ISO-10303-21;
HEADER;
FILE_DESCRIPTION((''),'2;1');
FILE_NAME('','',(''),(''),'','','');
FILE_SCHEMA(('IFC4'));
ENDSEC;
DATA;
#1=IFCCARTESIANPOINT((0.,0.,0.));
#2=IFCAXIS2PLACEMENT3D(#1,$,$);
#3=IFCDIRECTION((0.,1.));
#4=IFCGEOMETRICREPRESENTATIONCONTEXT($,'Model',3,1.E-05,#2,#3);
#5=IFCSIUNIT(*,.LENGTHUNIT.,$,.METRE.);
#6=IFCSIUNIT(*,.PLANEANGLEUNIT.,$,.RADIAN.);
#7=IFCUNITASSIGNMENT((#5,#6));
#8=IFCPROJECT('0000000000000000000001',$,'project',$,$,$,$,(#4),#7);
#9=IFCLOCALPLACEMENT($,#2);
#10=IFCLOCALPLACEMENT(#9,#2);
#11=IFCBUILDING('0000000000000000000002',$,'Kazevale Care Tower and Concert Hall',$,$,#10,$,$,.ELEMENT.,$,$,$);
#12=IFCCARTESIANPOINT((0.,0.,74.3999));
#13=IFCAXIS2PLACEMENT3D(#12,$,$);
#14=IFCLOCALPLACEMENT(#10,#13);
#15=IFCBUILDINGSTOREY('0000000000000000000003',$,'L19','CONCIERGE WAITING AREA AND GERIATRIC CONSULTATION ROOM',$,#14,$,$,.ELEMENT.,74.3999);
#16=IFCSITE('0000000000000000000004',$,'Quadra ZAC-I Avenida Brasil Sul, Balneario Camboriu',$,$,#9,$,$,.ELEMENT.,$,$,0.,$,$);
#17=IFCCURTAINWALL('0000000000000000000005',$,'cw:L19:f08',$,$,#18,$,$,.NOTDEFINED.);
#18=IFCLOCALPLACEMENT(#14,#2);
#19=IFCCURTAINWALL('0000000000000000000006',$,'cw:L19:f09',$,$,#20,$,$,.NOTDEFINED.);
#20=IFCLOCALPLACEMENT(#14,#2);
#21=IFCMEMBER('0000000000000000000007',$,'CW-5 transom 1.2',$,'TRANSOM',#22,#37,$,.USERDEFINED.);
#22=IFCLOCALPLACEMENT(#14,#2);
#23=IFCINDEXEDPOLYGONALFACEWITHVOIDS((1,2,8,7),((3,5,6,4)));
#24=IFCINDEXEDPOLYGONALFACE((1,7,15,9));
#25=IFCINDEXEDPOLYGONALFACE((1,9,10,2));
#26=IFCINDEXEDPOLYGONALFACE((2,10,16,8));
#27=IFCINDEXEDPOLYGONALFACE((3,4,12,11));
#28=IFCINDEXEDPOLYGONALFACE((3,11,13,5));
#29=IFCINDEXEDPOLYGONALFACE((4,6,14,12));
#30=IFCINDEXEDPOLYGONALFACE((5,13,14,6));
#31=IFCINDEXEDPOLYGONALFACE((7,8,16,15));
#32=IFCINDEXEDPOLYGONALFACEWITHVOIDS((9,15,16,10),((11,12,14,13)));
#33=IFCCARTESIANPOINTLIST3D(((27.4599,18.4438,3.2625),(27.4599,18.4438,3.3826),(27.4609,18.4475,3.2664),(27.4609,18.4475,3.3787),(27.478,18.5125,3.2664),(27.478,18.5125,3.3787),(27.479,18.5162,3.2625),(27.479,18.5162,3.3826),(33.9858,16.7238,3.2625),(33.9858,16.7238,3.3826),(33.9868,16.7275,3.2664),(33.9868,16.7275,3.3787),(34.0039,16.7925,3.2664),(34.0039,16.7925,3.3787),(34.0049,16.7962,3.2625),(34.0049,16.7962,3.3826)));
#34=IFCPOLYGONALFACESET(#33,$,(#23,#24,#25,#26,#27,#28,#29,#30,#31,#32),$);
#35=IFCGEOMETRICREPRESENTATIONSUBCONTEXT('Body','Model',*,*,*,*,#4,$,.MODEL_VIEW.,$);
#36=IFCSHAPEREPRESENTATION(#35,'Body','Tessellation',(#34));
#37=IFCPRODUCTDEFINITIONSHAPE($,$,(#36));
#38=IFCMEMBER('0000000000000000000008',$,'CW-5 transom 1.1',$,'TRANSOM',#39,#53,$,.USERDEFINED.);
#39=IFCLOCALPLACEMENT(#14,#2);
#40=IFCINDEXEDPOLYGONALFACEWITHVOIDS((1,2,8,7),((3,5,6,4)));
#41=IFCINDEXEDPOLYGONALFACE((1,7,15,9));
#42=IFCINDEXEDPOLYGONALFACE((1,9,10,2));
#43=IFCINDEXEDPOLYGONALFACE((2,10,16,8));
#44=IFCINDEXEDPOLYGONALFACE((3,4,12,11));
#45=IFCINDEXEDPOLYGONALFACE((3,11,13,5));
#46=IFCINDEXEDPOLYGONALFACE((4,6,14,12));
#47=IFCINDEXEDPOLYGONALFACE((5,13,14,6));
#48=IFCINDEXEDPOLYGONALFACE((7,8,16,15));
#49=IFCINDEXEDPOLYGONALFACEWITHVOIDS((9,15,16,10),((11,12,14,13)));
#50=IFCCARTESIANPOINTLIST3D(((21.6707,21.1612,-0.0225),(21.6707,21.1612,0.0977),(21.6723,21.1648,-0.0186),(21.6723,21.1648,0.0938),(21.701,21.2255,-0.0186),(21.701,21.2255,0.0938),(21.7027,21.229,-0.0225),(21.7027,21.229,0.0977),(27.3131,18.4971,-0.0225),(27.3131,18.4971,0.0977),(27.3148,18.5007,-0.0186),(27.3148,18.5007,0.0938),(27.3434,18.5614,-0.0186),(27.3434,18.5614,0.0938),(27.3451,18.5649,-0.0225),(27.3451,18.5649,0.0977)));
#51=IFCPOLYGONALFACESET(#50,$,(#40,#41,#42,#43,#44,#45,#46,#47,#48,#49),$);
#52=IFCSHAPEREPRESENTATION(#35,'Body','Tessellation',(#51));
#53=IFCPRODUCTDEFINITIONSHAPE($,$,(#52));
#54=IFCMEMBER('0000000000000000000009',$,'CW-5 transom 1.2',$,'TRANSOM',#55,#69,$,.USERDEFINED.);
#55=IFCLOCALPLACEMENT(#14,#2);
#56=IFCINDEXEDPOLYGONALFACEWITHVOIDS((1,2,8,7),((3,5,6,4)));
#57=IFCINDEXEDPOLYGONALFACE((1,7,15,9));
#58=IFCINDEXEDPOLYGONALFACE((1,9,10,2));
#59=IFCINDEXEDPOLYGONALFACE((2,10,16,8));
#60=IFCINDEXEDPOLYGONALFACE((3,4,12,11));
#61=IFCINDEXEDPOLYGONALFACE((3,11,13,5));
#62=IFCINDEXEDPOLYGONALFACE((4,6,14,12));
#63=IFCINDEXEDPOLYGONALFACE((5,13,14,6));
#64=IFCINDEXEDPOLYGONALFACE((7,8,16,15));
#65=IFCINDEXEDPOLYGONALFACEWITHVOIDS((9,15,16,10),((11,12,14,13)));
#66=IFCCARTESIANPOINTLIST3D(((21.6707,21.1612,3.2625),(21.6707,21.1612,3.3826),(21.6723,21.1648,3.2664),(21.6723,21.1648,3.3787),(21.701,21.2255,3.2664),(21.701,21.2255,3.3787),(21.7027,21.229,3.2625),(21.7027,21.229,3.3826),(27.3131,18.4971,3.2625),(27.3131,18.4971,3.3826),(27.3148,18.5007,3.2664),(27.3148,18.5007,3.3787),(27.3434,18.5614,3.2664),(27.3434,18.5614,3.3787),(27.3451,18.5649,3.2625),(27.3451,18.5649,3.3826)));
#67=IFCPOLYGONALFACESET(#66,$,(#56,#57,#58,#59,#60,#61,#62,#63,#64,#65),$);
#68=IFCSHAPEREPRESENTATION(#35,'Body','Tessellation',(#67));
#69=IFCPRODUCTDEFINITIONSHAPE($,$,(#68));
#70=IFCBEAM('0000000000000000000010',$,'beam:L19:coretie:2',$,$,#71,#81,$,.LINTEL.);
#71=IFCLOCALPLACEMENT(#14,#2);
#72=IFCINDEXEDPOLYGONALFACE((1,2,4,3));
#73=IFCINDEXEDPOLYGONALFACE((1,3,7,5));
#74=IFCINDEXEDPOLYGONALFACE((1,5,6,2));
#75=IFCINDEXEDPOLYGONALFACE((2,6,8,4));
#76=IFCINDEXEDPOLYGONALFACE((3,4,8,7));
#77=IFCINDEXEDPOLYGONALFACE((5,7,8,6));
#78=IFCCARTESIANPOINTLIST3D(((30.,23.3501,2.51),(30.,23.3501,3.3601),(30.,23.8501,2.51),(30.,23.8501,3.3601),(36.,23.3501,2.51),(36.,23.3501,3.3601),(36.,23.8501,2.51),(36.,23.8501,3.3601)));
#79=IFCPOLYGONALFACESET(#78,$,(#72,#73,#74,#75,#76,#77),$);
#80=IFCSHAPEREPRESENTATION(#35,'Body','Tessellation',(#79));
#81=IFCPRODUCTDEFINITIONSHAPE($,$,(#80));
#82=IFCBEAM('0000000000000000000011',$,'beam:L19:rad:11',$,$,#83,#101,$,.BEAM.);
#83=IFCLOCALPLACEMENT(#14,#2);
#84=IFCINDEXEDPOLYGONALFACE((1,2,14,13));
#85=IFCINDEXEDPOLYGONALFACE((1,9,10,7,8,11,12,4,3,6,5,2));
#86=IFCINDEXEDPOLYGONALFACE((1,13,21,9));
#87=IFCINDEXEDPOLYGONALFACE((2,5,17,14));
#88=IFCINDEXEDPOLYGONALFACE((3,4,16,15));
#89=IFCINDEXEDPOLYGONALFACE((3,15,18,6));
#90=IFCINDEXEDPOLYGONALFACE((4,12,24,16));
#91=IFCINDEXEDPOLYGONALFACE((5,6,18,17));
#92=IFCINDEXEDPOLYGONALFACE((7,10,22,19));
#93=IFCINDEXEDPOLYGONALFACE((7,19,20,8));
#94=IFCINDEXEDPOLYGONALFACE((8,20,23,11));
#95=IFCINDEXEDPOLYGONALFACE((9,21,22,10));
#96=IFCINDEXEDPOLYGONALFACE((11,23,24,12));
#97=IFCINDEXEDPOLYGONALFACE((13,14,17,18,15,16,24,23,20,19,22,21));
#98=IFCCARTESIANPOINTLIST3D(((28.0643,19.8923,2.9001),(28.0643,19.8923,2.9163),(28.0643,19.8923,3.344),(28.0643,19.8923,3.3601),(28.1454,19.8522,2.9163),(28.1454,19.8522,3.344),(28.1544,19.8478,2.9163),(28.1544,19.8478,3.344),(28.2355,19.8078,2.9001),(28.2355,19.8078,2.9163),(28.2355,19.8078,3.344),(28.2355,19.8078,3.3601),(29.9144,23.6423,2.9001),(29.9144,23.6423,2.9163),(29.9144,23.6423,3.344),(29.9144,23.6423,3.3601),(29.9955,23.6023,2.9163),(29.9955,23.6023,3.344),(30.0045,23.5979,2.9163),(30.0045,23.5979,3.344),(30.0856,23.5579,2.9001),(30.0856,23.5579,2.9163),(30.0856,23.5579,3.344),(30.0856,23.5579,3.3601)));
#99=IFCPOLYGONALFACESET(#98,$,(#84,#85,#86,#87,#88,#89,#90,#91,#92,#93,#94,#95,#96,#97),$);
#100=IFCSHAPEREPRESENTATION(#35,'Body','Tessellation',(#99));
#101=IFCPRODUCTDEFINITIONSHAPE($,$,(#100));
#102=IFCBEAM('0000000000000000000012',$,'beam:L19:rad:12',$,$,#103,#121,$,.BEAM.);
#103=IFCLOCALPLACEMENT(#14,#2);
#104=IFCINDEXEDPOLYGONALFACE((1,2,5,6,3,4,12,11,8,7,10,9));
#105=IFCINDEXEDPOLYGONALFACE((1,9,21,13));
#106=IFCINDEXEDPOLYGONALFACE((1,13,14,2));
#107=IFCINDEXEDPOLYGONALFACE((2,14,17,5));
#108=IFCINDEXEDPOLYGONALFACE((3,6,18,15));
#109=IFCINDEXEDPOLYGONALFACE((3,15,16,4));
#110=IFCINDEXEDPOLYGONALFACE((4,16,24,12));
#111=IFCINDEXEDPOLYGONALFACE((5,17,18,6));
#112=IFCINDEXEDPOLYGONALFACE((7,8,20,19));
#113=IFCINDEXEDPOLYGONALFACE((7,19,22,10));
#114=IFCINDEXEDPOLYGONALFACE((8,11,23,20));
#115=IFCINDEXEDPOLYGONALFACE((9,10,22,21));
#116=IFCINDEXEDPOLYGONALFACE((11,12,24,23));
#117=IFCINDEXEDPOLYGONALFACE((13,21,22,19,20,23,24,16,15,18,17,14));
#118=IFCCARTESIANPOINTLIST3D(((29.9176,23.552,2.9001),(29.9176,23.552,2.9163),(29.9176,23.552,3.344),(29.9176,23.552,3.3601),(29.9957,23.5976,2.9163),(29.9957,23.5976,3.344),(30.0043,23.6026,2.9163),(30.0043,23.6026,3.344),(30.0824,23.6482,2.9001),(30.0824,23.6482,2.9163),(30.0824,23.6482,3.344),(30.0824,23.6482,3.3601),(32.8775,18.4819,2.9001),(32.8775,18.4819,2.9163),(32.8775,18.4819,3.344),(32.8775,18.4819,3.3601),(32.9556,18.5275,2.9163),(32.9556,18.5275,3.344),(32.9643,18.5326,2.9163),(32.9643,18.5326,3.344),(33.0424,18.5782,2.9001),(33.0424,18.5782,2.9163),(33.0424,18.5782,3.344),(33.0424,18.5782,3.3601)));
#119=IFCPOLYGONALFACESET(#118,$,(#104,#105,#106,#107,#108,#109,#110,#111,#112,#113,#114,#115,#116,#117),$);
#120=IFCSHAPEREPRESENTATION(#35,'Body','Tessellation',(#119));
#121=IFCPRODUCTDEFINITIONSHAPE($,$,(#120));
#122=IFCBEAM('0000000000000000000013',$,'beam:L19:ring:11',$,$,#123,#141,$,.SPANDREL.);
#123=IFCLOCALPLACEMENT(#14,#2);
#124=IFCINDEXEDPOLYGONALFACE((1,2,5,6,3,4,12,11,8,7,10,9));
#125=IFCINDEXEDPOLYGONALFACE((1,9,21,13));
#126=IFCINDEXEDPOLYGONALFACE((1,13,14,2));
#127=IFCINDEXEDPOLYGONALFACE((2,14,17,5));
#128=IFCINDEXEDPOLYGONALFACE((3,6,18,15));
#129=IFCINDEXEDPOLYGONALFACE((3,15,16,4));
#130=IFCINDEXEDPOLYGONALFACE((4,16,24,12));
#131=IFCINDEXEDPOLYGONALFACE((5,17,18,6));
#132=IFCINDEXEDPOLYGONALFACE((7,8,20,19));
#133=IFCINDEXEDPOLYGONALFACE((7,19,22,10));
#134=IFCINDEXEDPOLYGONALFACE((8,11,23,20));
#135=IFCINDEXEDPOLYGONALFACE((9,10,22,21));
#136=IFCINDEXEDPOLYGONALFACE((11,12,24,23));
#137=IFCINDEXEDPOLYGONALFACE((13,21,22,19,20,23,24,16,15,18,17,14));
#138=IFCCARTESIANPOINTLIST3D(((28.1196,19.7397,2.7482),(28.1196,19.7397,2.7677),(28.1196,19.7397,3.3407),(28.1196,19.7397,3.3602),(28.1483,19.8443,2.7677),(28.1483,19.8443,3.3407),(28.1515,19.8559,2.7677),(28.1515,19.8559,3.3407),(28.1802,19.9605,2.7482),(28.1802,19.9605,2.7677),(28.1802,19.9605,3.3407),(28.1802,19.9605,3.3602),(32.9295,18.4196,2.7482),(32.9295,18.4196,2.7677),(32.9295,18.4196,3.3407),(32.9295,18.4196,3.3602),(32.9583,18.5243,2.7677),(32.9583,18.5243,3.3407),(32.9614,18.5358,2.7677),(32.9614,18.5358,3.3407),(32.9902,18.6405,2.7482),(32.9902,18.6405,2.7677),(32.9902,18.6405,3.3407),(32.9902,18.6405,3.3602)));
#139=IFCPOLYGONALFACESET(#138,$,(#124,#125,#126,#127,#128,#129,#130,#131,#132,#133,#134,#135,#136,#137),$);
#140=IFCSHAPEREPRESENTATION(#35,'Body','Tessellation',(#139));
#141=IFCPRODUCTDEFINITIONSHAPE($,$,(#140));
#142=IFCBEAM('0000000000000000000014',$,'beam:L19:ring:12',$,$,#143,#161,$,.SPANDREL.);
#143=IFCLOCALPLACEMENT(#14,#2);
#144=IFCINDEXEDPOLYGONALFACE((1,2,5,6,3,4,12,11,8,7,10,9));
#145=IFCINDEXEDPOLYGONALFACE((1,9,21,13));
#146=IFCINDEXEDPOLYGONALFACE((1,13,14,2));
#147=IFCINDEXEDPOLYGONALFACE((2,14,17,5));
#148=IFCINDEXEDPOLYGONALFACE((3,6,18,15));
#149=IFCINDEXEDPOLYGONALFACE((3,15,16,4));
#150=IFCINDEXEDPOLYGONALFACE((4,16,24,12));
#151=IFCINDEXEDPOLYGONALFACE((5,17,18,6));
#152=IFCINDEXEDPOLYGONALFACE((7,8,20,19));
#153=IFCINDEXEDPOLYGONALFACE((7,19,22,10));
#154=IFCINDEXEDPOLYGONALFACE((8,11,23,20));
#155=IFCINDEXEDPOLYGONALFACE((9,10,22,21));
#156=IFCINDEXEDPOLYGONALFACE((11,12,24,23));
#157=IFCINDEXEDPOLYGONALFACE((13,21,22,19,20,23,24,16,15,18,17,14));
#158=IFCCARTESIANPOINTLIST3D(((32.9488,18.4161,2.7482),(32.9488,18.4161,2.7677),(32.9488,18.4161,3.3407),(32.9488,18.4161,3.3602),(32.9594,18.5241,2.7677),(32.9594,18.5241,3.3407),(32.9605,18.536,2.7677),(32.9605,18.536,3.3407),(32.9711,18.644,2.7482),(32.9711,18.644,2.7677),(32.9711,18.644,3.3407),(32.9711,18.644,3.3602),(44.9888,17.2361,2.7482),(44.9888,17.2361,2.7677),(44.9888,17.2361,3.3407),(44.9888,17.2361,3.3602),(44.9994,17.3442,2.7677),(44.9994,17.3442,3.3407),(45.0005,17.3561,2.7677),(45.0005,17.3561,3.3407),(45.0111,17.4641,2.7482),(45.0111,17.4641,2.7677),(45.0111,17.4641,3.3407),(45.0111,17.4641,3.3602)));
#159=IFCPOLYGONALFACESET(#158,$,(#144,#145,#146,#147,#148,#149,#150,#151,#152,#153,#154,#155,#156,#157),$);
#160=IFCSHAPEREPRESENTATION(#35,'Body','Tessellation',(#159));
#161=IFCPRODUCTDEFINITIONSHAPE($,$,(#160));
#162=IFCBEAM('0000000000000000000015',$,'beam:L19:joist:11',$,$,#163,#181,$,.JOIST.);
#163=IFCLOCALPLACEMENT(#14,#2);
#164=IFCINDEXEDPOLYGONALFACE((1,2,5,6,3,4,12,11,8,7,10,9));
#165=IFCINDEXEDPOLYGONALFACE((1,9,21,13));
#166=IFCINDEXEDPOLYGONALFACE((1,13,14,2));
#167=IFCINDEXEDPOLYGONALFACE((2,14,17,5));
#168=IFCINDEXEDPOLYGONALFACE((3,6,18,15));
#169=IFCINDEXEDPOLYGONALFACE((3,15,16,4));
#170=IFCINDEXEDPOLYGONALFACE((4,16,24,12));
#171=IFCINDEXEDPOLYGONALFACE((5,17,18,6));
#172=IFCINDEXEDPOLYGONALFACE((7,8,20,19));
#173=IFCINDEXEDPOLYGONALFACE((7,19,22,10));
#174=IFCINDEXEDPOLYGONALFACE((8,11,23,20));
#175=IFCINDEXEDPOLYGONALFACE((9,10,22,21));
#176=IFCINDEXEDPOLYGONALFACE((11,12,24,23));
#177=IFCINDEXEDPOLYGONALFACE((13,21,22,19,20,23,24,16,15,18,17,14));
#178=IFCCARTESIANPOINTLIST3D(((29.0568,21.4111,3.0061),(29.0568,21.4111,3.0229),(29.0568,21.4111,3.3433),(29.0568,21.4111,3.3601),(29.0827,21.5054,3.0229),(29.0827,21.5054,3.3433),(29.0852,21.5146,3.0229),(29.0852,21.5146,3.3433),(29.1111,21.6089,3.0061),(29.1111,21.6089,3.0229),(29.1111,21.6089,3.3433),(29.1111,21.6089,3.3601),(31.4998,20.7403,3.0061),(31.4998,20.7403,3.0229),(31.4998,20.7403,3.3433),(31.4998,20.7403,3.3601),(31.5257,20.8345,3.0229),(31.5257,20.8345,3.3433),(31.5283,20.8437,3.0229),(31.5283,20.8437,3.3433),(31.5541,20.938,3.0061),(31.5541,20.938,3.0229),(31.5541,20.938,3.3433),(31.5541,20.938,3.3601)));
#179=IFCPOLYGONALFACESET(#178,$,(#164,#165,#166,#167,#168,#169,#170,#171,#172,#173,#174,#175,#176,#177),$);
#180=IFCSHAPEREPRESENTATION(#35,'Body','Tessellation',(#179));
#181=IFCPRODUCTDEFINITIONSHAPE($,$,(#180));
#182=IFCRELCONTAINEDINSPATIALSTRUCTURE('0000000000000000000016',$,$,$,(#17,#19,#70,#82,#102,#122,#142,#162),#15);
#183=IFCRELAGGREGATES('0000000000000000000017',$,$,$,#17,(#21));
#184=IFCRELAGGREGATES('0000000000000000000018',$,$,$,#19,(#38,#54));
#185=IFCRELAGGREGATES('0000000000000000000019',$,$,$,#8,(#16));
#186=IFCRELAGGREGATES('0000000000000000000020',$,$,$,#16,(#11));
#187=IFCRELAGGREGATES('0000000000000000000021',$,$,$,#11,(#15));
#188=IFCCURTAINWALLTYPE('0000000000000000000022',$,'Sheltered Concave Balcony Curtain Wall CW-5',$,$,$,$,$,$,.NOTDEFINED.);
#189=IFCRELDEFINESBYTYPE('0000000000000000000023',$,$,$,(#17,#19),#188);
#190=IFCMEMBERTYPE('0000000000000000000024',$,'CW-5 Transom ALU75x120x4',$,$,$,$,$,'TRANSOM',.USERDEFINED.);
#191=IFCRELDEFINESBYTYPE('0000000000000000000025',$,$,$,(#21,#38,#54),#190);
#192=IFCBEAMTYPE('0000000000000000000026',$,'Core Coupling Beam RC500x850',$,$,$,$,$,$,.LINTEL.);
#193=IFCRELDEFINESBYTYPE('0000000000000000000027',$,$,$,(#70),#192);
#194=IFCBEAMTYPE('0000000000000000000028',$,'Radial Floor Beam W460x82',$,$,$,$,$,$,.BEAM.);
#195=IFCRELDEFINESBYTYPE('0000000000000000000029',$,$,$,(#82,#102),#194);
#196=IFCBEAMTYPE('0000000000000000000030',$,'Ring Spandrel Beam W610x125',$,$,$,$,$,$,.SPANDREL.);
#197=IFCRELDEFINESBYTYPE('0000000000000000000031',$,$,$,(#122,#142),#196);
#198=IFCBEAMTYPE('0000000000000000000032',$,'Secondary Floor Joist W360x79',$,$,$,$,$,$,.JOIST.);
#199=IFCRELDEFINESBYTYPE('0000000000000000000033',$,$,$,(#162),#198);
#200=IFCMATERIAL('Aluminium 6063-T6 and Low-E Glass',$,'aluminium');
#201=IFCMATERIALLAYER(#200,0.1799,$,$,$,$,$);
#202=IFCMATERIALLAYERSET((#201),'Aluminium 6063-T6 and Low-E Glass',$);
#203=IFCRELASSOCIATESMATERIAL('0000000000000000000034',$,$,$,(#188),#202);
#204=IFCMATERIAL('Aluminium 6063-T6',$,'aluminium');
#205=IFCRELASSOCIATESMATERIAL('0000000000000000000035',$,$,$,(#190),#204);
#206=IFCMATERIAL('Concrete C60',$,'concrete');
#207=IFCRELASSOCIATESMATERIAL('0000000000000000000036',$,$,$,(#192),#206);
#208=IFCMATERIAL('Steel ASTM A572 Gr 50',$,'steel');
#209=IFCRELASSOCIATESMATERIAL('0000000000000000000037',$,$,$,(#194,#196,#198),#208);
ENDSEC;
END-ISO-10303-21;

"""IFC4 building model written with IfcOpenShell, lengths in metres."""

from ifc_helpers import new_model, si_unit, direction, frame, origin, origin_2d, place, context, subcontext, project, spatial, rectangle, hollow_rectangle, i_section, extrude, material, layer, layer_set, material_profile, profile_set, type_object, element, aggregate, save


model = new_model("IFC4")

# Units and contexts
model_context = context("Model", 3, precision=1e-05, world=origin(), true_north=direction((0.0, 1.0)))
body_context = subcontext(model_context, "Body", "Model", "MODEL_VIEW")
ifc_project = project(units=[si_unit("LENGTHUNIT", "METRE"), si_unit("PLANEANGLEUNIT", "RADIAN")], contexts=[model_context])

# Site, building, storey
site_placement = place(None, origin())
site = spatial("IfcSite", under=ifc_project, at=site_placement, Name="Quadra ZAC-I Avenida Brasil Sul, Balneario Camboriu", CompositionType="ELEMENT", RefElevation=0.0)
building_placement = place(site_placement, origin())
building = spatial("IfcBuilding", under=site, at=building_placement, Name="Kazevale Care Tower and Concert Hall", CompositionType="ELEMENT")
storey_placement = place(building_placement, frame((0.0, 0.0, 74.3999)))
storey = spatial("IfcBuildingStorey", under=building, at=storey_placement, Name="L19", Description="CONCIERGE WAITING AREA AND GERIATRIC CONSULTATION ROOM", CompositionType="ELEMENT", Elevation=74.3999)

# Curtain wall
ifc_material_1 = material(Name="Aluminium 6063-T6 and Low-E Glass", Category="aluminium")
ifc_layer_1 = layer(ifc_material_1, 0.1799)
ifc_layer_set_1 = layer_set([ifc_layer_1], Name="Aluminium 6063-T6 and Low-E Glass")
curtain_wall_type = type_object("IfcCurtainWallType", Name="Sheltered Concave Balcony Curtain Wall CW-5", PredefinedType="NOTDEFINED", material=ifc_layer_set_1)
curtain_wall_1_placement = place(storey_placement, origin())
curtain_wall_1 = element("IfcCurtainWall", 1, at=curtain_wall_1_placement, inside=storey, type_object=curtain_wall_type, Name="cw:L19:f08", PredefinedType="NOTDEFINED")
ifc_material_2 = material(Name="Aluminium 6063-T6", Category="aluminium")

# Curtain wall
curtain_wall_2_placement = place(storey_placement, origin())
curtain_wall_2 = element("IfcCurtainWall", 2, at=curtain_wall_2_placement, inside=storey, type_object=curtain_wall_type, Name="cw:L19:f09", PredefinedType="NOTDEFINED")

# Members
ifc_material_profile_1 = material_profile(ifc_material_2, hollow_rectangle(XDim=0.075, YDim=0.1201, WallThickness=0.0039, at=origin_2d()), Name="ALU75x120x4")
ifc_profile_set_1 = profile_set([ifc_material_profile_1], Name="Aluminium 6063-T6")
member_type_1 = type_object("IfcMemberType", Name="CW-5 Transom ALU75x120x4", ElementType="TRANSOM", PredefinedType="USERDEFINED", material=ifc_profile_set_1)
member_1_placement = place(storey_placement, frame((33.9954, 16.76, 3.3225), z_axis=(-0.966978, 0.254858, 0.0), x_axis=(-0.254858, -0.966978, 0.0)))
member_1 = element("IfcMember", 3, at=member_1_placement, type_object=member_type_1, Name="CW-5 transom 1.2", ObjectType="TRANSOM", PredefinedType="USERDEFINED", context=body_context, shape_type="SweptSolid", body=[
    extrude(hollow_rectangle(XDim=0.075, YDim=0.1201, WallThickness=0.0039, at=origin_2d()), origin(), (0.0, 0.0, 1.0), 6.7488),
])
member_2_placement = place(storey_placement, frame((27.3291, 18.531, 0.0376), z_axis=(-0.904272, 0.426957, 0.0), x_axis=(-0.426957, -0.904272, 0.0)))
member_2 = element("IfcMember", 4, at=member_2_placement, type_object=member_type_1, Name="CW-5 transom 1.1", ObjectType="TRANSOM", PredefinedType="USERDEFINED", context=body_context, shape_type="SweptSolid", body=[
    extrude(hollow_rectangle(XDim=0.075, YDim=0.1201, WallThickness=0.0039, at=origin_2d()), origin(), (0.0, 0.0, 1.0), 6.2397),
])
member_3_placement = place(storey_placement, frame((27.3291, 18.531, 3.3225), z_axis=(-0.904272, 0.426957, 0.0), x_axis=(-0.426957, -0.904272, 0.0)))
member_3 = element("IfcMember", 5, at=member_3_placement, type_object=member_type_1, Name="CW-5 transom 1.2", ObjectType="TRANSOM", PredefinedType="USERDEFINED", context=body_context, shape_type="SweptSolid", body=[
    extrude(hollow_rectangle(XDim=0.075, YDim=0.1201, WallThickness=0.0039, at=origin_2d()), origin(), (0.0, 0.0, 1.0), 6.2397),
])

# Beams
ifc_material_3 = material(Name="Concrete C60", Category="concrete")
ifc_material_profile_2 = material_profile(ifc_material_3, rectangle(XDim=0.5, YDim=0.8501, at=origin_2d()), Name="RC-B500x850")
ifc_profile_set_2 = profile_set([ifc_material_profile_2], Name="Concrete C60")
beam_type_1 = type_object("IfcBeamType", Name="Core Coupling Beam RC500x850", PredefinedType="LINTEL", material=ifc_profile_set_2)
beam_1_placement = place(storey_placement, frame((30.0, 23.6001, 2.9351), z_axis=(1.0, 0.0, 0.0), x_axis=(0.0, 1.0, 0.0)))
element("IfcBeam", 6, at=beam_1_placement, inside=storey, type_object=beam_type_1, Name="beam:L19:coretie:2", PredefinedType="LINTEL", context=body_context, shape_type="SweptSolid", body=[
    extrude(rectangle(XDim=0.5, YDim=0.8501, at=origin_2d()), origin(), (0.0, 0.0, 1.0), 6.0),
])
ifc_material_4 = material(Name="Steel ASTM A572 Gr 50", Category="steel")
ifc_material_profile_3 = material_profile(ifc_material_4, i_section(OverallWidth=0.1909, OverallDepth=0.46, WebThickness=0.01, FlangeThickness=0.0161, at=origin_2d()), Name="W460x82")
ifc_profile_set_3 = profile_set([ifc_material_profile_3], Name="Steel ASTM A572 Gr 50")
beam_type_2 = type_object("IfcBeamType", Name="Radial Floor Beam W460x82", PredefinedType="BEAM", material=ifc_profile_set_3)
beam_2_placement = place(storey_placement, frame((30.0, 23.6001, 3.1301), z_axis=(-0.442443, -0.896797, 0.0), x_axis=(0.896797, -0.442443, 0.0)))
element("IfcBeam", 7, at=beam_2_placement, inside=storey, type_object=beam_type_2, Name="beam:L19:rad:11", PredefinedType="BEAM", context=body_context, shape_type="SweptSolid", body=[
    extrude(i_section(OverallWidth=0.1909, OverallDepth=0.46, WebThickness=0.01, FlangeThickness=0.0161, at=origin_2d()), origin(), (0.0, 0.0, 1.0), 4.1816),
])
beam_3_placement = place(storey_placement, frame((30.0, 23.6001, 3.1301), z_axis=(0.504179, -0.863599, 0.0), x_axis=(0.863599, 0.504179, 0.0)))
element("IfcBeam", 8, at=beam_3_placement, inside=storey, type_object=beam_type_2, Name="beam:L19:rad:12", PredefinedType="BEAM", context=body_context, shape_type="SweptSolid", body=[
    extrude(i_section(OverallWidth=0.1909, OverallDepth=0.46, WebThickness=0.01, FlangeThickness=0.0161, at=origin_2d()), origin(), (0.0, 0.0, 1.0), 5.8708),
])
ifc_material_profile_4 = material_profile(ifc_material_4, i_section(OverallWidth=0.229, OverallDepth=0.6121, WebThickness=0.012, FlangeThickness=0.0195, at=origin_2d()), Name="W610x125")
ifc_profile_set_4 = profile_set([ifc_material_profile_4], Name="Steel ASTM A572 Gr 50")
beam_type_3 = type_object("IfcBeamType", Name="Ring Spandrel Beam W610x125", PredefinedType="SPANDREL", material=ifc_profile_set_4)
beam_4_placement = place(storey_placement, frame((28.1499, 19.8501, 3.0542), z_axis=(0.964344, -0.264654, 0.0), x_axis=(0.264654, 0.964344, 0.0)))
element("IfcBeam", 9, at=beam_4_placement, inside=storey, type_object=beam_type_3, Name="beam:L19:ring:11", PredefinedType="SPANDREL", context=body_context, shape_type="SweptSolid", body=[
    extrude(i_section(OverallWidth=0.229, OverallDepth=0.6121, WebThickness=0.012, FlangeThickness=0.0195, at=origin_2d()), origin(), (0.0, 0.0, 1.0), 4.9878),
])
beam_5_placement = place(storey_placement, frame((32.96, 18.53, 3.0542), z_axis=(0.995232, -0.097533, 0.0), x_axis=(0.097533, 0.995232, 0.0)))
element("IfcBeam", 10, at=beam_5_placement, inside=storey, type_object=beam_type_3, Name="beam:L19:ring:12", PredefinedType="SPANDREL", context=body_context, shape_type="SweptSolid", body=[
    extrude(i_section(OverallWidth=0.229, OverallDepth=0.6121, WebThickness=0.012, FlangeThickness=0.0195, at=origin_2d()), origin(), (0.0, 0.0, 1.0), 12.0977),
])
ifc_material_profile_5 = material_profile(ifc_material_4, i_section(OverallWidth=0.2051, OverallDepth=0.354, WebThickness=0.0095, FlangeThickness=0.0168, at=origin_2d()), Name="W360x79")
ifc_profile_set_5 = profile_set([ifc_material_profile_5], Name="Steel ASTM A572 Gr 50")
beam_type_4 = type_object("IfcBeamType", Name="Secondary Floor Joist W360x79", PredefinedType="JOIST", material=ifc_profile_set_5)
beam_6_placement = place(storey_placement, frame((29.084, 21.51, 3.1831), z_axis=(0.964302, -0.264805, 0.0), x_axis=(0.264805, 0.964302, 0.0)))
element("IfcBeam", 11, at=beam_6_placement, inside=storey, type_object=beam_type_4, Name="beam:L19:joist:11", PredefinedType="JOIST", context=body_context, shape_type="SweptSolid", body=[
    extrude(i_section(OverallWidth=0.2051, OverallDepth=0.354, WebThickness=0.0095, FlangeThickness=0.0168, at=origin_2d()), origin(), (0.0, 0.0, 1.0), 2.5334),
])

aggregate(curtain_wall_1, [member_1])
aggregate(curtain_wall_2, [member_2, member_3])

save(model, "model.ifc")
